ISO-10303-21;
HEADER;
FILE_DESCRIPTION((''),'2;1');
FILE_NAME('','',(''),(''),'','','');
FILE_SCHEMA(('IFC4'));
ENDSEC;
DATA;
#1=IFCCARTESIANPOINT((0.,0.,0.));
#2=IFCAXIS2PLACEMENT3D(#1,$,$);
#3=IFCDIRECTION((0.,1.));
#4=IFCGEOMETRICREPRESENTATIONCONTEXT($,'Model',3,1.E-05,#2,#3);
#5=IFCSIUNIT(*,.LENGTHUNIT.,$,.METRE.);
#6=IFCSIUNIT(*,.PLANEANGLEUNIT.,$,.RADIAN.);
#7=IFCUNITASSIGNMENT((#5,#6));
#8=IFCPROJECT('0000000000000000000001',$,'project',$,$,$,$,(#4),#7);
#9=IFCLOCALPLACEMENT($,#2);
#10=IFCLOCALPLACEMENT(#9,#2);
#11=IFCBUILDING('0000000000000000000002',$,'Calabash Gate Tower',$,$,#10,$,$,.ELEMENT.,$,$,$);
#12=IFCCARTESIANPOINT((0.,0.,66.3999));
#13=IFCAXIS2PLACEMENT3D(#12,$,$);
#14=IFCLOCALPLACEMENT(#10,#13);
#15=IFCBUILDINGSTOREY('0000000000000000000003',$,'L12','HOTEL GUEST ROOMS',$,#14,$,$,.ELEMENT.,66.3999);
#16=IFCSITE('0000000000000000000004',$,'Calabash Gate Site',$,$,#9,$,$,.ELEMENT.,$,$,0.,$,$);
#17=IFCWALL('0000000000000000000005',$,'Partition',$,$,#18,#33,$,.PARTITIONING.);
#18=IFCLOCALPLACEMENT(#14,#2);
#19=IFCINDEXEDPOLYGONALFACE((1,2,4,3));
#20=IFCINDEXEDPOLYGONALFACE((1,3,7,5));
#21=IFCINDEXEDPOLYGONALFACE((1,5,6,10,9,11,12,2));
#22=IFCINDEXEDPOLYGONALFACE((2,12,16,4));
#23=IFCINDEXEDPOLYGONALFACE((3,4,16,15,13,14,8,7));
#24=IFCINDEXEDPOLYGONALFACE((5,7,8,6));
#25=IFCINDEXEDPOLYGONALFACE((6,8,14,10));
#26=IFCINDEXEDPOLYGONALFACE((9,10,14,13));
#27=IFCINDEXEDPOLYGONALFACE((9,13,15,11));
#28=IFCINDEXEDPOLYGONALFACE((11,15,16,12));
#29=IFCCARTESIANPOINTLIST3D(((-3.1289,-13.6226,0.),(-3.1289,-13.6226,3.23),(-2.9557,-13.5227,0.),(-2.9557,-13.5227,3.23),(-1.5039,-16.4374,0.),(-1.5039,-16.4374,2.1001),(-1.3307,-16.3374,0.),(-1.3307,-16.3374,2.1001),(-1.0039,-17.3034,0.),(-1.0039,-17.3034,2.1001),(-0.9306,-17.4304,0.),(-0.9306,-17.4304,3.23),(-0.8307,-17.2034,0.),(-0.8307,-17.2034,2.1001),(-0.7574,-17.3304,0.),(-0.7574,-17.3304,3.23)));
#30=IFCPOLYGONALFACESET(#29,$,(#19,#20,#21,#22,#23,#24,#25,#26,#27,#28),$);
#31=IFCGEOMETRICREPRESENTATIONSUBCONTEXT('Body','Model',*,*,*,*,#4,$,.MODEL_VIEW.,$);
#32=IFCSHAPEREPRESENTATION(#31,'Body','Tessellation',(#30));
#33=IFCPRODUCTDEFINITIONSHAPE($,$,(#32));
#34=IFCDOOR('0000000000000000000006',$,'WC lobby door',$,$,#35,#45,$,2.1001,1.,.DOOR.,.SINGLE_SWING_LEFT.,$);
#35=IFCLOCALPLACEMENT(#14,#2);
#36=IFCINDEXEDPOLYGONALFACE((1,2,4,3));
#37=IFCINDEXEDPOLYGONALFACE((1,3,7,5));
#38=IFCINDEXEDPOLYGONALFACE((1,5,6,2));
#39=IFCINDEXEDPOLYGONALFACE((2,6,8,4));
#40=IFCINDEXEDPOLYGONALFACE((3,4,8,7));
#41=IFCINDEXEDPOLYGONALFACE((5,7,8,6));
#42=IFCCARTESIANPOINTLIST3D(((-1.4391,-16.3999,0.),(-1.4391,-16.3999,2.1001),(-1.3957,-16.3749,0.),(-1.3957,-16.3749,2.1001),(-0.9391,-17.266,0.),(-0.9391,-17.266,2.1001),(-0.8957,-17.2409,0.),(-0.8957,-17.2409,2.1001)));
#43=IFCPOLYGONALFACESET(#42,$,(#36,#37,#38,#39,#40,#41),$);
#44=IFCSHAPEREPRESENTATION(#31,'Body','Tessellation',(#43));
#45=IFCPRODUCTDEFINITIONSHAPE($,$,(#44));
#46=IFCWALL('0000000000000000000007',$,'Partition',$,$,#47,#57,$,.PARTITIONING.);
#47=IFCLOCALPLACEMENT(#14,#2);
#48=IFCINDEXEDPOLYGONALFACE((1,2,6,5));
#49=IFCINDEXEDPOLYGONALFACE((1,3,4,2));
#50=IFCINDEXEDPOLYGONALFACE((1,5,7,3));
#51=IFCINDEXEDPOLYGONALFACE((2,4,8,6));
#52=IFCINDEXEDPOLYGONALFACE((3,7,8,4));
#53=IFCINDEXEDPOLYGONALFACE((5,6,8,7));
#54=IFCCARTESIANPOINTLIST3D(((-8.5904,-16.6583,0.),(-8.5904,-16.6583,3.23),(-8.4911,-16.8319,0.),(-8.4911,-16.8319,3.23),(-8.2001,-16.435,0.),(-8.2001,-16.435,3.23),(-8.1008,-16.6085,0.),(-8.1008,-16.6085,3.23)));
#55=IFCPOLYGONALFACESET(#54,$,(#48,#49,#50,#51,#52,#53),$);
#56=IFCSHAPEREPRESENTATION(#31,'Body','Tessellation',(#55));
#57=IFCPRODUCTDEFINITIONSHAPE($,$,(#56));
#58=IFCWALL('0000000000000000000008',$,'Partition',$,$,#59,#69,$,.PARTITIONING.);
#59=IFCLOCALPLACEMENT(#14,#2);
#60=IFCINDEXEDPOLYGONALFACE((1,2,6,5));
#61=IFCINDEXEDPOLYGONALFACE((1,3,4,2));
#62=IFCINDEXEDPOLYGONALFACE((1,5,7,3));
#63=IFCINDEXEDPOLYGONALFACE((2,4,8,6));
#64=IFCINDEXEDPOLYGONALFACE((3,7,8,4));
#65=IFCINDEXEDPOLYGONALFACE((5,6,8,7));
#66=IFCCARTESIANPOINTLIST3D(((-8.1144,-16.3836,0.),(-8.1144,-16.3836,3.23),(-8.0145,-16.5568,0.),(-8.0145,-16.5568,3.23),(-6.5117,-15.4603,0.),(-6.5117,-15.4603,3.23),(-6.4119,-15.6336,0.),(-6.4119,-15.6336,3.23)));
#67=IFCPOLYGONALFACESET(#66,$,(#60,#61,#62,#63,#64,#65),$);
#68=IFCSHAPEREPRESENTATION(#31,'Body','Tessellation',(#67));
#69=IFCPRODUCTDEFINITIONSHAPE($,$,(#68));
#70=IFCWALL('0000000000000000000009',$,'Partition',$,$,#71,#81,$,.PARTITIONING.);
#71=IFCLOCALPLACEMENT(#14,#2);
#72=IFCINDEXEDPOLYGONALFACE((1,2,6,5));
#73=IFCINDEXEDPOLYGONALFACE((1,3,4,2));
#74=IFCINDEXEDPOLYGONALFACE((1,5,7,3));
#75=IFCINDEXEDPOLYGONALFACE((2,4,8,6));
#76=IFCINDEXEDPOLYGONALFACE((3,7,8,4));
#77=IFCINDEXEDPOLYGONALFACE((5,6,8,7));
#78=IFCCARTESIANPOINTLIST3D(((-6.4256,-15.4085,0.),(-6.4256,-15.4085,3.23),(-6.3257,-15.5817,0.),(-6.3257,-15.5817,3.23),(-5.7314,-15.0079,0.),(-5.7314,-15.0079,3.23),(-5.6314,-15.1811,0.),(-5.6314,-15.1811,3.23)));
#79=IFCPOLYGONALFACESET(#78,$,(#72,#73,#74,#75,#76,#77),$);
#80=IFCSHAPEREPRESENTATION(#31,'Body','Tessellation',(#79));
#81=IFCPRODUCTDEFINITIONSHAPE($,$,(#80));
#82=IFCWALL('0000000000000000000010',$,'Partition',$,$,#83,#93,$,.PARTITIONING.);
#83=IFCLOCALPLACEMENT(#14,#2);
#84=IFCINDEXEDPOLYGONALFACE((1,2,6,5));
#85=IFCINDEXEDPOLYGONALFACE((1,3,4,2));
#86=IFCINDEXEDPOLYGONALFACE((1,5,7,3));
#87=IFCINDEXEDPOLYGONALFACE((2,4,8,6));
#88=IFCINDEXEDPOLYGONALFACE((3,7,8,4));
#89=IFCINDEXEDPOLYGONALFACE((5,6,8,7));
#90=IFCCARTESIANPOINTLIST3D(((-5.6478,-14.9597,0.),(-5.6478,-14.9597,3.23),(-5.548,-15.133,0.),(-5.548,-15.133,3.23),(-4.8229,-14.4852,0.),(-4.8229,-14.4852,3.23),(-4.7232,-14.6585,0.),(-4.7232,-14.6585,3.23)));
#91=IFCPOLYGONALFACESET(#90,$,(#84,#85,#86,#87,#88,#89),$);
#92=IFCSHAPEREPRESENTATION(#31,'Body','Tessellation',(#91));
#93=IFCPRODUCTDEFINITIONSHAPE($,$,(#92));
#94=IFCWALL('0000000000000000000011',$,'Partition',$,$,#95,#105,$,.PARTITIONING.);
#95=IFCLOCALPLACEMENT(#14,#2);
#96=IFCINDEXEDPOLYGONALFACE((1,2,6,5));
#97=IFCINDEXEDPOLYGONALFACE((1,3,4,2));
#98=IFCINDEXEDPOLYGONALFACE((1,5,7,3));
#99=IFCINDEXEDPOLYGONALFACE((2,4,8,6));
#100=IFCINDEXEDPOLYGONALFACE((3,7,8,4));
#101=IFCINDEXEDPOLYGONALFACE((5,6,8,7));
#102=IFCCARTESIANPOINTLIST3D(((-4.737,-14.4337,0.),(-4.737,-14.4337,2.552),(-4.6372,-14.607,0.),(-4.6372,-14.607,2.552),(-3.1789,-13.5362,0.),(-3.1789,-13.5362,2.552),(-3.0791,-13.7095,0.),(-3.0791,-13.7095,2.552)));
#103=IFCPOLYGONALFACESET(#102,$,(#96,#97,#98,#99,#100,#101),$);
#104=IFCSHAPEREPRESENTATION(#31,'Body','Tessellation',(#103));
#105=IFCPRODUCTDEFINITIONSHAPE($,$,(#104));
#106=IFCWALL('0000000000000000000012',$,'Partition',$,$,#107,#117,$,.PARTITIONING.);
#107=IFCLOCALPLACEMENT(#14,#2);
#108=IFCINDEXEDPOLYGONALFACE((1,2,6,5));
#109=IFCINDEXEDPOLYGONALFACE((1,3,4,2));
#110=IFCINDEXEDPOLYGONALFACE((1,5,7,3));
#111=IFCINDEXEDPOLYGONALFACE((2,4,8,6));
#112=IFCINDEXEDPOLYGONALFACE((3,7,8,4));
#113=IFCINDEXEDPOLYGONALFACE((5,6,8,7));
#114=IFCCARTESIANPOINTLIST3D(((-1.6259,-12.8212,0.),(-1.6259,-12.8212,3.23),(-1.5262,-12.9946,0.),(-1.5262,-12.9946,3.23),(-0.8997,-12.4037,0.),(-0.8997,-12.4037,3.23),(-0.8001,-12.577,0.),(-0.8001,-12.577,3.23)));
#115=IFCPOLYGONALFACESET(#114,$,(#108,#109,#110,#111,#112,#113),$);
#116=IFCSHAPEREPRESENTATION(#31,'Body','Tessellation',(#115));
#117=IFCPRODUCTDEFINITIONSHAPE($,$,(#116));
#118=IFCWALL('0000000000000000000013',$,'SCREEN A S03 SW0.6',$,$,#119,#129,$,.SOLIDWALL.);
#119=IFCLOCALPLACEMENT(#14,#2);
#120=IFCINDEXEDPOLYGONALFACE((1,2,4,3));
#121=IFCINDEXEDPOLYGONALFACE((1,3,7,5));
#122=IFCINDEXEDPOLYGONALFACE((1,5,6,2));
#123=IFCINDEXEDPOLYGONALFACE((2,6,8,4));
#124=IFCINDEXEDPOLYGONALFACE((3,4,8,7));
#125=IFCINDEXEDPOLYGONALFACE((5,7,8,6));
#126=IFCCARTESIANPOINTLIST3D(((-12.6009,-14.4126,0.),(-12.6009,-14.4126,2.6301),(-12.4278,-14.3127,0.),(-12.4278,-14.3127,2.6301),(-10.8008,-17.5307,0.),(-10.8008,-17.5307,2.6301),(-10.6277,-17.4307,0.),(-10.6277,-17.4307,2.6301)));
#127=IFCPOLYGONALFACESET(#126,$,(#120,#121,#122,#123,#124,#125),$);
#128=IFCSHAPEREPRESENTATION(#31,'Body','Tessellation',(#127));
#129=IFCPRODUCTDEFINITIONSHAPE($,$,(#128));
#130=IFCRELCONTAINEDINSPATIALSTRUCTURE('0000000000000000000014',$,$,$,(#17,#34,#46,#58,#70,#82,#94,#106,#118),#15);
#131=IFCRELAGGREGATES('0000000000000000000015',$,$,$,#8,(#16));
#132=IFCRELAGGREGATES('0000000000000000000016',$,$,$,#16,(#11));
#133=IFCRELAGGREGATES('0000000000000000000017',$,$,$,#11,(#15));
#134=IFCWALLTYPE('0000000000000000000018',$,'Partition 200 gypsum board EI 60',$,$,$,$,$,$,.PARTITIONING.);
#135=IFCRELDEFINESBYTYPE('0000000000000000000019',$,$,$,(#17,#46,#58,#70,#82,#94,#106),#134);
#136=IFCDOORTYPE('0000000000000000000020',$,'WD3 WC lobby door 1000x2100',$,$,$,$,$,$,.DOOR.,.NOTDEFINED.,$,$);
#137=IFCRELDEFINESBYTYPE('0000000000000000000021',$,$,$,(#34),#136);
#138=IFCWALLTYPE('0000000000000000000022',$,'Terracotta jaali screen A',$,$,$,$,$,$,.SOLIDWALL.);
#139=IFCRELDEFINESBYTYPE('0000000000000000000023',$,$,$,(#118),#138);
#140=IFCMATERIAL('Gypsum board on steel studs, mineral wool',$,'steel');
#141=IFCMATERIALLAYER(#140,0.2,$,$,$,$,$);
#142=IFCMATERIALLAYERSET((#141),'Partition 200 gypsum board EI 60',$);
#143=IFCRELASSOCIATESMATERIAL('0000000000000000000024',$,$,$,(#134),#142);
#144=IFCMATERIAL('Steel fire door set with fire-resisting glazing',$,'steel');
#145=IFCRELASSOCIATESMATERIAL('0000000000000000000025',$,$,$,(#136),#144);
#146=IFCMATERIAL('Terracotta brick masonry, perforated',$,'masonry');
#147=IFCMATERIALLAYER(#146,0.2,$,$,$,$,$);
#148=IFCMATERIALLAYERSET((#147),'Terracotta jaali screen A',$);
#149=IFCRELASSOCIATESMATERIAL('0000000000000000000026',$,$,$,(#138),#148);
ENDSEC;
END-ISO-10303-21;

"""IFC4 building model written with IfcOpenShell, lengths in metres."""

from ifc_helpers import new_model, si_unit, direction, frame, frame_2d, origin, place, context, subcontext, project, spatial, rectangle, extrude, material, layer, layer_set, type_object, element, fill, save


model = new_model("IFC4")

# Units and contexts
model_context = context("Model", 3, precision=1e-05, world=origin(), true_north=direction((0.0, 1.0)))
body_context = subcontext(model_context, "Body", "Model", "MODEL_VIEW")
ifc_project = project(units=[si_unit("LENGTHUNIT", "METRE"), si_unit("PLANEANGLEUNIT", "RADIAN")], contexts=[model_context])

# Site, building, storey
site_placement = place(None, origin())
site = spatial("IfcSite", under=ifc_project, at=site_placement, Name="Calabash Gate Site", CompositionType="ELEMENT", RefElevation=0.0)
building_placement = place(site_placement, origin())
building = spatial("IfcBuilding", under=site, at=building_placement, Name="Calabash Gate Tower", CompositionType="ELEMENT")
storey_placement = place(building_placement, frame((0.0, 0.0, 66.3999)))
storey = spatial("IfcBuildingStorey", under=building, at=storey_placement, Name="L12", Description="HOTEL GUEST ROOMS", CompositionType="ELEMENT", Elevation=66.3999)

# Shared definitions
ifc_material_1 = material(Name="Gypsum board on steel studs, mineral wool", Category="steel")
ifc_layer_1 = layer(ifc_material_1, 0.2)
ifc_layer_set_1 = layer_set([ifc_layer_1], Name="Partition 200 gypsum board EI 60")
wall_type_1 = type_object("IfcWallType", Name="Partition 200 gypsum board EI 60", PredefinedType="PARTITIONING", material=ifc_layer_set_1)

# Wall, opening, door
wall_1_placement = place(storey_placement, frame((-3.0422, -13.5728, 0.0), z_axis=(0.0, 0.0, 1.0), x_axis=(0.499985, -0.866034, 0.0)))
wall_1 = element("IfcWall", 1, at=wall_1_placement, inside=storey, type_object=wall_type_1, Name="Partition", PredefinedType="PARTITIONING", context=body_context, shape_type="SweptSolid", body=[
    extrude(rectangle(XDim=4.3967, YDim=0.2, at=frame_2d((2.1982, 0.0))), origin(), (0.0, 0.0, 1.0), 3.23),
])
opening_1_placement = place(wall_1_placement, frame((3.25, 0.0, 0.0)))
opening_1 = element("IfcOpeningElement", 2, at=opening_1_placement, cuts=wall_1, PredefinedType="OPENING", context=body_context, shape_type="SweptSolid", body=[
    extrude(rectangle(XDim=1.0, YDim=2.1001, at=frame_2d((0.5, 1.05))), frame((0.0, 0.1099, 0.0), z_axis=(0.0, -1.0, 0.0), x_axis=(1.0, 0.0, 0.0)), (0.0, 0.0, 1.0), 0.22),
])
ifc_material_2 = material(Name="Steel fire door set with fire-resisting glazing", Category="steel")
door_type_1 = type_object("IfcDoorType", Name="WD3 WC lobby door 1000x2100", OperationType="NOTDEFINED", PredefinedType="DOOR", material=ifc_material_2)
door_1_placement = place(opening_1_placement, origin())
door_1 = element("IfcDoor", 3, at=door_1_placement, inside=storey, type_object=door_type_1, Name="WC lobby door", OperationType="SINGLE_SWING_LEFT", OverallHeight=2.1001, OverallWidth=1.0, PredefinedType="DOOR", context=body_context, shape_type="SweptSolid", body=[
    extrude(rectangle(XDim=1.0, YDim=2.1001, at=frame_2d((0.5, 1.05))), frame((0.0, 0.0249, 0.0), z_axis=(0.0, -1.0, 0.0), x_axis=(1.0, 0.0, 0.0)), (0.0, 0.0, 1.0), 0.05),
])
fill(opening_1, door_1)

# Walls
wall_2_placement = place(storey_placement, frame((-8.5408, -16.7451, 0.0), z_axis=(0.0, 0.0, 1.0), x_axis=(0.867942, 0.496665, 0.0)))
element("IfcWall", 4, at=wall_2_placement, inside=storey, type_object=wall_type_1, Name="Partition", PredefinedType="PARTITIONING", context=body_context, shape_type="SweptSolid", body=[
    extrude(rectangle(XDim=0.4497, YDim=0.2, at=frame_2d((0.2249, 0.0))), origin(), (0.0, 0.0, 1.0), 3.23),
])
wall_3_placement = place(storey_placement, frame((-8.0645, -16.4702, 0.0), z_axis=(0.0, 0.0, 1.0), x_axis=(0.8665, 0.499178, 0.0)))
element("IfcWall", 5, at=wall_3_placement, inside=storey, type_object=wall_type_1, Name="Partition", PredefinedType="PARTITIONING", context=body_context, shape_type="SweptSolid", body=[
    extrude(rectangle(XDim=1.8496, YDim=0.2, at=frame_2d((0.9248, 0.0))), origin(), (0.0, 0.0, 1.0), 3.23),
])
wall_4_placement = place(storey_placement, frame((-6.3757, -15.4951, 0.0), z_axis=(0.0, 0.0, 1.0), x_axis=(0.866155, 0.499775, 0.0)))
element("IfcWall", 6, at=wall_4_placement, inside=storey, type_object=wall_type_1, Name="Partition", PredefinedType="PARTITIONING", context=body_context, shape_type="SweptSolid", body=[
    extrude(rectangle(XDim=0.8015, YDim=0.2, at=frame_2d((0.4009, 0.0))), origin(), (0.0, 0.0, 1.0), 3.23),
])
wall_5_placement = place(storey_placement, frame((-5.5979, -15.0464, 0.0), z_axis=(0.0, 0.0, 1.0), x_axis=(0.866787, 0.498678, 0.0)))
element("IfcWall", 7, at=wall_5_placement, inside=storey, type_object=wall_type_1, Name="Partition", PredefinedType="PARTITIONING", context=body_context, shape_type="SweptSolid", body=[
    extrude(rectangle(XDim=0.9517, YDim=0.2, at=frame_2d((0.4758, 0.0))), origin(), (0.0, 0.0, 1.0), 3.23),
])
wall_6_placement = place(storey_placement, frame((-4.687, -14.5203, 0.0), z_axis=(0.0, 0.0, 1.0), x_axis=(0.866533, 0.499119, 0.0)))
element("IfcWall", 8, at=wall_6_placement, inside=storey, type_object=wall_type_1, Name="Partition", PredefinedType="PARTITIONING", context=body_context, shape_type="SweptSolid", body=[
    extrude(rectangle(XDim=1.7981, YDim=0.2, at=frame_2d((0.8989, 0.0))), origin(), (0.0, 0.0, 1.0), 2.552),
])
wall_7_placement = place(storey_placement, frame((-1.5762, -12.908, 0.0), z_axis=(0.0, 0.0, 1.0), x_axis=(0.866913, 0.49846, 0.0)))
element("IfcWall", 9, at=wall_7_placement, inside=storey, type_object=wall_type_1, Name="Partition", PredefinedType="PARTITIONING", context=body_context, shape_type="SweptSolid", body=[
    extrude(rectangle(XDim=0.8376, YDim=0.2, at=frame_2d((0.4189, 0.0))), origin(), (0.0, 0.0, 1.0), 3.23),
])
ifc_material_3 = material(Name="Terracotta brick masonry, perforated", Category="masonry")
ifc_layer_2 = layer(ifc_material_3, 0.2)
ifc_layer_set_2 = layer_set([ifc_layer_2], Name="Terracotta jaali screen A")
wall_type_2 = type_object("IfcWallType", Name="Terracotta jaali screen A", PredefinedType="SOLIDWALL", material=ifc_layer_set_2)
wall_8_placement = place(storey_placement, frame((-12.5144, -14.3625, 0.0), z_axis=(0.0, 0.0, 1.0), x_axis=(0.499983, -0.866035, 0.0)))
element("IfcWall", 10, at=wall_8_placement, inside=storey, type_object=wall_type_2, Name="SCREEN A S03 SW0.6", PredefinedType="SOLIDWALL", context=body_context, shape_type="SweptSolid", body=[
    extrude(rectangle(XDim=3.6003, YDim=0.2, at=frame_2d((1.8003, 0.0))), origin(), (0.0, 0.0, 1.0), 2.6301),
])

save(model, "model.ifc")
